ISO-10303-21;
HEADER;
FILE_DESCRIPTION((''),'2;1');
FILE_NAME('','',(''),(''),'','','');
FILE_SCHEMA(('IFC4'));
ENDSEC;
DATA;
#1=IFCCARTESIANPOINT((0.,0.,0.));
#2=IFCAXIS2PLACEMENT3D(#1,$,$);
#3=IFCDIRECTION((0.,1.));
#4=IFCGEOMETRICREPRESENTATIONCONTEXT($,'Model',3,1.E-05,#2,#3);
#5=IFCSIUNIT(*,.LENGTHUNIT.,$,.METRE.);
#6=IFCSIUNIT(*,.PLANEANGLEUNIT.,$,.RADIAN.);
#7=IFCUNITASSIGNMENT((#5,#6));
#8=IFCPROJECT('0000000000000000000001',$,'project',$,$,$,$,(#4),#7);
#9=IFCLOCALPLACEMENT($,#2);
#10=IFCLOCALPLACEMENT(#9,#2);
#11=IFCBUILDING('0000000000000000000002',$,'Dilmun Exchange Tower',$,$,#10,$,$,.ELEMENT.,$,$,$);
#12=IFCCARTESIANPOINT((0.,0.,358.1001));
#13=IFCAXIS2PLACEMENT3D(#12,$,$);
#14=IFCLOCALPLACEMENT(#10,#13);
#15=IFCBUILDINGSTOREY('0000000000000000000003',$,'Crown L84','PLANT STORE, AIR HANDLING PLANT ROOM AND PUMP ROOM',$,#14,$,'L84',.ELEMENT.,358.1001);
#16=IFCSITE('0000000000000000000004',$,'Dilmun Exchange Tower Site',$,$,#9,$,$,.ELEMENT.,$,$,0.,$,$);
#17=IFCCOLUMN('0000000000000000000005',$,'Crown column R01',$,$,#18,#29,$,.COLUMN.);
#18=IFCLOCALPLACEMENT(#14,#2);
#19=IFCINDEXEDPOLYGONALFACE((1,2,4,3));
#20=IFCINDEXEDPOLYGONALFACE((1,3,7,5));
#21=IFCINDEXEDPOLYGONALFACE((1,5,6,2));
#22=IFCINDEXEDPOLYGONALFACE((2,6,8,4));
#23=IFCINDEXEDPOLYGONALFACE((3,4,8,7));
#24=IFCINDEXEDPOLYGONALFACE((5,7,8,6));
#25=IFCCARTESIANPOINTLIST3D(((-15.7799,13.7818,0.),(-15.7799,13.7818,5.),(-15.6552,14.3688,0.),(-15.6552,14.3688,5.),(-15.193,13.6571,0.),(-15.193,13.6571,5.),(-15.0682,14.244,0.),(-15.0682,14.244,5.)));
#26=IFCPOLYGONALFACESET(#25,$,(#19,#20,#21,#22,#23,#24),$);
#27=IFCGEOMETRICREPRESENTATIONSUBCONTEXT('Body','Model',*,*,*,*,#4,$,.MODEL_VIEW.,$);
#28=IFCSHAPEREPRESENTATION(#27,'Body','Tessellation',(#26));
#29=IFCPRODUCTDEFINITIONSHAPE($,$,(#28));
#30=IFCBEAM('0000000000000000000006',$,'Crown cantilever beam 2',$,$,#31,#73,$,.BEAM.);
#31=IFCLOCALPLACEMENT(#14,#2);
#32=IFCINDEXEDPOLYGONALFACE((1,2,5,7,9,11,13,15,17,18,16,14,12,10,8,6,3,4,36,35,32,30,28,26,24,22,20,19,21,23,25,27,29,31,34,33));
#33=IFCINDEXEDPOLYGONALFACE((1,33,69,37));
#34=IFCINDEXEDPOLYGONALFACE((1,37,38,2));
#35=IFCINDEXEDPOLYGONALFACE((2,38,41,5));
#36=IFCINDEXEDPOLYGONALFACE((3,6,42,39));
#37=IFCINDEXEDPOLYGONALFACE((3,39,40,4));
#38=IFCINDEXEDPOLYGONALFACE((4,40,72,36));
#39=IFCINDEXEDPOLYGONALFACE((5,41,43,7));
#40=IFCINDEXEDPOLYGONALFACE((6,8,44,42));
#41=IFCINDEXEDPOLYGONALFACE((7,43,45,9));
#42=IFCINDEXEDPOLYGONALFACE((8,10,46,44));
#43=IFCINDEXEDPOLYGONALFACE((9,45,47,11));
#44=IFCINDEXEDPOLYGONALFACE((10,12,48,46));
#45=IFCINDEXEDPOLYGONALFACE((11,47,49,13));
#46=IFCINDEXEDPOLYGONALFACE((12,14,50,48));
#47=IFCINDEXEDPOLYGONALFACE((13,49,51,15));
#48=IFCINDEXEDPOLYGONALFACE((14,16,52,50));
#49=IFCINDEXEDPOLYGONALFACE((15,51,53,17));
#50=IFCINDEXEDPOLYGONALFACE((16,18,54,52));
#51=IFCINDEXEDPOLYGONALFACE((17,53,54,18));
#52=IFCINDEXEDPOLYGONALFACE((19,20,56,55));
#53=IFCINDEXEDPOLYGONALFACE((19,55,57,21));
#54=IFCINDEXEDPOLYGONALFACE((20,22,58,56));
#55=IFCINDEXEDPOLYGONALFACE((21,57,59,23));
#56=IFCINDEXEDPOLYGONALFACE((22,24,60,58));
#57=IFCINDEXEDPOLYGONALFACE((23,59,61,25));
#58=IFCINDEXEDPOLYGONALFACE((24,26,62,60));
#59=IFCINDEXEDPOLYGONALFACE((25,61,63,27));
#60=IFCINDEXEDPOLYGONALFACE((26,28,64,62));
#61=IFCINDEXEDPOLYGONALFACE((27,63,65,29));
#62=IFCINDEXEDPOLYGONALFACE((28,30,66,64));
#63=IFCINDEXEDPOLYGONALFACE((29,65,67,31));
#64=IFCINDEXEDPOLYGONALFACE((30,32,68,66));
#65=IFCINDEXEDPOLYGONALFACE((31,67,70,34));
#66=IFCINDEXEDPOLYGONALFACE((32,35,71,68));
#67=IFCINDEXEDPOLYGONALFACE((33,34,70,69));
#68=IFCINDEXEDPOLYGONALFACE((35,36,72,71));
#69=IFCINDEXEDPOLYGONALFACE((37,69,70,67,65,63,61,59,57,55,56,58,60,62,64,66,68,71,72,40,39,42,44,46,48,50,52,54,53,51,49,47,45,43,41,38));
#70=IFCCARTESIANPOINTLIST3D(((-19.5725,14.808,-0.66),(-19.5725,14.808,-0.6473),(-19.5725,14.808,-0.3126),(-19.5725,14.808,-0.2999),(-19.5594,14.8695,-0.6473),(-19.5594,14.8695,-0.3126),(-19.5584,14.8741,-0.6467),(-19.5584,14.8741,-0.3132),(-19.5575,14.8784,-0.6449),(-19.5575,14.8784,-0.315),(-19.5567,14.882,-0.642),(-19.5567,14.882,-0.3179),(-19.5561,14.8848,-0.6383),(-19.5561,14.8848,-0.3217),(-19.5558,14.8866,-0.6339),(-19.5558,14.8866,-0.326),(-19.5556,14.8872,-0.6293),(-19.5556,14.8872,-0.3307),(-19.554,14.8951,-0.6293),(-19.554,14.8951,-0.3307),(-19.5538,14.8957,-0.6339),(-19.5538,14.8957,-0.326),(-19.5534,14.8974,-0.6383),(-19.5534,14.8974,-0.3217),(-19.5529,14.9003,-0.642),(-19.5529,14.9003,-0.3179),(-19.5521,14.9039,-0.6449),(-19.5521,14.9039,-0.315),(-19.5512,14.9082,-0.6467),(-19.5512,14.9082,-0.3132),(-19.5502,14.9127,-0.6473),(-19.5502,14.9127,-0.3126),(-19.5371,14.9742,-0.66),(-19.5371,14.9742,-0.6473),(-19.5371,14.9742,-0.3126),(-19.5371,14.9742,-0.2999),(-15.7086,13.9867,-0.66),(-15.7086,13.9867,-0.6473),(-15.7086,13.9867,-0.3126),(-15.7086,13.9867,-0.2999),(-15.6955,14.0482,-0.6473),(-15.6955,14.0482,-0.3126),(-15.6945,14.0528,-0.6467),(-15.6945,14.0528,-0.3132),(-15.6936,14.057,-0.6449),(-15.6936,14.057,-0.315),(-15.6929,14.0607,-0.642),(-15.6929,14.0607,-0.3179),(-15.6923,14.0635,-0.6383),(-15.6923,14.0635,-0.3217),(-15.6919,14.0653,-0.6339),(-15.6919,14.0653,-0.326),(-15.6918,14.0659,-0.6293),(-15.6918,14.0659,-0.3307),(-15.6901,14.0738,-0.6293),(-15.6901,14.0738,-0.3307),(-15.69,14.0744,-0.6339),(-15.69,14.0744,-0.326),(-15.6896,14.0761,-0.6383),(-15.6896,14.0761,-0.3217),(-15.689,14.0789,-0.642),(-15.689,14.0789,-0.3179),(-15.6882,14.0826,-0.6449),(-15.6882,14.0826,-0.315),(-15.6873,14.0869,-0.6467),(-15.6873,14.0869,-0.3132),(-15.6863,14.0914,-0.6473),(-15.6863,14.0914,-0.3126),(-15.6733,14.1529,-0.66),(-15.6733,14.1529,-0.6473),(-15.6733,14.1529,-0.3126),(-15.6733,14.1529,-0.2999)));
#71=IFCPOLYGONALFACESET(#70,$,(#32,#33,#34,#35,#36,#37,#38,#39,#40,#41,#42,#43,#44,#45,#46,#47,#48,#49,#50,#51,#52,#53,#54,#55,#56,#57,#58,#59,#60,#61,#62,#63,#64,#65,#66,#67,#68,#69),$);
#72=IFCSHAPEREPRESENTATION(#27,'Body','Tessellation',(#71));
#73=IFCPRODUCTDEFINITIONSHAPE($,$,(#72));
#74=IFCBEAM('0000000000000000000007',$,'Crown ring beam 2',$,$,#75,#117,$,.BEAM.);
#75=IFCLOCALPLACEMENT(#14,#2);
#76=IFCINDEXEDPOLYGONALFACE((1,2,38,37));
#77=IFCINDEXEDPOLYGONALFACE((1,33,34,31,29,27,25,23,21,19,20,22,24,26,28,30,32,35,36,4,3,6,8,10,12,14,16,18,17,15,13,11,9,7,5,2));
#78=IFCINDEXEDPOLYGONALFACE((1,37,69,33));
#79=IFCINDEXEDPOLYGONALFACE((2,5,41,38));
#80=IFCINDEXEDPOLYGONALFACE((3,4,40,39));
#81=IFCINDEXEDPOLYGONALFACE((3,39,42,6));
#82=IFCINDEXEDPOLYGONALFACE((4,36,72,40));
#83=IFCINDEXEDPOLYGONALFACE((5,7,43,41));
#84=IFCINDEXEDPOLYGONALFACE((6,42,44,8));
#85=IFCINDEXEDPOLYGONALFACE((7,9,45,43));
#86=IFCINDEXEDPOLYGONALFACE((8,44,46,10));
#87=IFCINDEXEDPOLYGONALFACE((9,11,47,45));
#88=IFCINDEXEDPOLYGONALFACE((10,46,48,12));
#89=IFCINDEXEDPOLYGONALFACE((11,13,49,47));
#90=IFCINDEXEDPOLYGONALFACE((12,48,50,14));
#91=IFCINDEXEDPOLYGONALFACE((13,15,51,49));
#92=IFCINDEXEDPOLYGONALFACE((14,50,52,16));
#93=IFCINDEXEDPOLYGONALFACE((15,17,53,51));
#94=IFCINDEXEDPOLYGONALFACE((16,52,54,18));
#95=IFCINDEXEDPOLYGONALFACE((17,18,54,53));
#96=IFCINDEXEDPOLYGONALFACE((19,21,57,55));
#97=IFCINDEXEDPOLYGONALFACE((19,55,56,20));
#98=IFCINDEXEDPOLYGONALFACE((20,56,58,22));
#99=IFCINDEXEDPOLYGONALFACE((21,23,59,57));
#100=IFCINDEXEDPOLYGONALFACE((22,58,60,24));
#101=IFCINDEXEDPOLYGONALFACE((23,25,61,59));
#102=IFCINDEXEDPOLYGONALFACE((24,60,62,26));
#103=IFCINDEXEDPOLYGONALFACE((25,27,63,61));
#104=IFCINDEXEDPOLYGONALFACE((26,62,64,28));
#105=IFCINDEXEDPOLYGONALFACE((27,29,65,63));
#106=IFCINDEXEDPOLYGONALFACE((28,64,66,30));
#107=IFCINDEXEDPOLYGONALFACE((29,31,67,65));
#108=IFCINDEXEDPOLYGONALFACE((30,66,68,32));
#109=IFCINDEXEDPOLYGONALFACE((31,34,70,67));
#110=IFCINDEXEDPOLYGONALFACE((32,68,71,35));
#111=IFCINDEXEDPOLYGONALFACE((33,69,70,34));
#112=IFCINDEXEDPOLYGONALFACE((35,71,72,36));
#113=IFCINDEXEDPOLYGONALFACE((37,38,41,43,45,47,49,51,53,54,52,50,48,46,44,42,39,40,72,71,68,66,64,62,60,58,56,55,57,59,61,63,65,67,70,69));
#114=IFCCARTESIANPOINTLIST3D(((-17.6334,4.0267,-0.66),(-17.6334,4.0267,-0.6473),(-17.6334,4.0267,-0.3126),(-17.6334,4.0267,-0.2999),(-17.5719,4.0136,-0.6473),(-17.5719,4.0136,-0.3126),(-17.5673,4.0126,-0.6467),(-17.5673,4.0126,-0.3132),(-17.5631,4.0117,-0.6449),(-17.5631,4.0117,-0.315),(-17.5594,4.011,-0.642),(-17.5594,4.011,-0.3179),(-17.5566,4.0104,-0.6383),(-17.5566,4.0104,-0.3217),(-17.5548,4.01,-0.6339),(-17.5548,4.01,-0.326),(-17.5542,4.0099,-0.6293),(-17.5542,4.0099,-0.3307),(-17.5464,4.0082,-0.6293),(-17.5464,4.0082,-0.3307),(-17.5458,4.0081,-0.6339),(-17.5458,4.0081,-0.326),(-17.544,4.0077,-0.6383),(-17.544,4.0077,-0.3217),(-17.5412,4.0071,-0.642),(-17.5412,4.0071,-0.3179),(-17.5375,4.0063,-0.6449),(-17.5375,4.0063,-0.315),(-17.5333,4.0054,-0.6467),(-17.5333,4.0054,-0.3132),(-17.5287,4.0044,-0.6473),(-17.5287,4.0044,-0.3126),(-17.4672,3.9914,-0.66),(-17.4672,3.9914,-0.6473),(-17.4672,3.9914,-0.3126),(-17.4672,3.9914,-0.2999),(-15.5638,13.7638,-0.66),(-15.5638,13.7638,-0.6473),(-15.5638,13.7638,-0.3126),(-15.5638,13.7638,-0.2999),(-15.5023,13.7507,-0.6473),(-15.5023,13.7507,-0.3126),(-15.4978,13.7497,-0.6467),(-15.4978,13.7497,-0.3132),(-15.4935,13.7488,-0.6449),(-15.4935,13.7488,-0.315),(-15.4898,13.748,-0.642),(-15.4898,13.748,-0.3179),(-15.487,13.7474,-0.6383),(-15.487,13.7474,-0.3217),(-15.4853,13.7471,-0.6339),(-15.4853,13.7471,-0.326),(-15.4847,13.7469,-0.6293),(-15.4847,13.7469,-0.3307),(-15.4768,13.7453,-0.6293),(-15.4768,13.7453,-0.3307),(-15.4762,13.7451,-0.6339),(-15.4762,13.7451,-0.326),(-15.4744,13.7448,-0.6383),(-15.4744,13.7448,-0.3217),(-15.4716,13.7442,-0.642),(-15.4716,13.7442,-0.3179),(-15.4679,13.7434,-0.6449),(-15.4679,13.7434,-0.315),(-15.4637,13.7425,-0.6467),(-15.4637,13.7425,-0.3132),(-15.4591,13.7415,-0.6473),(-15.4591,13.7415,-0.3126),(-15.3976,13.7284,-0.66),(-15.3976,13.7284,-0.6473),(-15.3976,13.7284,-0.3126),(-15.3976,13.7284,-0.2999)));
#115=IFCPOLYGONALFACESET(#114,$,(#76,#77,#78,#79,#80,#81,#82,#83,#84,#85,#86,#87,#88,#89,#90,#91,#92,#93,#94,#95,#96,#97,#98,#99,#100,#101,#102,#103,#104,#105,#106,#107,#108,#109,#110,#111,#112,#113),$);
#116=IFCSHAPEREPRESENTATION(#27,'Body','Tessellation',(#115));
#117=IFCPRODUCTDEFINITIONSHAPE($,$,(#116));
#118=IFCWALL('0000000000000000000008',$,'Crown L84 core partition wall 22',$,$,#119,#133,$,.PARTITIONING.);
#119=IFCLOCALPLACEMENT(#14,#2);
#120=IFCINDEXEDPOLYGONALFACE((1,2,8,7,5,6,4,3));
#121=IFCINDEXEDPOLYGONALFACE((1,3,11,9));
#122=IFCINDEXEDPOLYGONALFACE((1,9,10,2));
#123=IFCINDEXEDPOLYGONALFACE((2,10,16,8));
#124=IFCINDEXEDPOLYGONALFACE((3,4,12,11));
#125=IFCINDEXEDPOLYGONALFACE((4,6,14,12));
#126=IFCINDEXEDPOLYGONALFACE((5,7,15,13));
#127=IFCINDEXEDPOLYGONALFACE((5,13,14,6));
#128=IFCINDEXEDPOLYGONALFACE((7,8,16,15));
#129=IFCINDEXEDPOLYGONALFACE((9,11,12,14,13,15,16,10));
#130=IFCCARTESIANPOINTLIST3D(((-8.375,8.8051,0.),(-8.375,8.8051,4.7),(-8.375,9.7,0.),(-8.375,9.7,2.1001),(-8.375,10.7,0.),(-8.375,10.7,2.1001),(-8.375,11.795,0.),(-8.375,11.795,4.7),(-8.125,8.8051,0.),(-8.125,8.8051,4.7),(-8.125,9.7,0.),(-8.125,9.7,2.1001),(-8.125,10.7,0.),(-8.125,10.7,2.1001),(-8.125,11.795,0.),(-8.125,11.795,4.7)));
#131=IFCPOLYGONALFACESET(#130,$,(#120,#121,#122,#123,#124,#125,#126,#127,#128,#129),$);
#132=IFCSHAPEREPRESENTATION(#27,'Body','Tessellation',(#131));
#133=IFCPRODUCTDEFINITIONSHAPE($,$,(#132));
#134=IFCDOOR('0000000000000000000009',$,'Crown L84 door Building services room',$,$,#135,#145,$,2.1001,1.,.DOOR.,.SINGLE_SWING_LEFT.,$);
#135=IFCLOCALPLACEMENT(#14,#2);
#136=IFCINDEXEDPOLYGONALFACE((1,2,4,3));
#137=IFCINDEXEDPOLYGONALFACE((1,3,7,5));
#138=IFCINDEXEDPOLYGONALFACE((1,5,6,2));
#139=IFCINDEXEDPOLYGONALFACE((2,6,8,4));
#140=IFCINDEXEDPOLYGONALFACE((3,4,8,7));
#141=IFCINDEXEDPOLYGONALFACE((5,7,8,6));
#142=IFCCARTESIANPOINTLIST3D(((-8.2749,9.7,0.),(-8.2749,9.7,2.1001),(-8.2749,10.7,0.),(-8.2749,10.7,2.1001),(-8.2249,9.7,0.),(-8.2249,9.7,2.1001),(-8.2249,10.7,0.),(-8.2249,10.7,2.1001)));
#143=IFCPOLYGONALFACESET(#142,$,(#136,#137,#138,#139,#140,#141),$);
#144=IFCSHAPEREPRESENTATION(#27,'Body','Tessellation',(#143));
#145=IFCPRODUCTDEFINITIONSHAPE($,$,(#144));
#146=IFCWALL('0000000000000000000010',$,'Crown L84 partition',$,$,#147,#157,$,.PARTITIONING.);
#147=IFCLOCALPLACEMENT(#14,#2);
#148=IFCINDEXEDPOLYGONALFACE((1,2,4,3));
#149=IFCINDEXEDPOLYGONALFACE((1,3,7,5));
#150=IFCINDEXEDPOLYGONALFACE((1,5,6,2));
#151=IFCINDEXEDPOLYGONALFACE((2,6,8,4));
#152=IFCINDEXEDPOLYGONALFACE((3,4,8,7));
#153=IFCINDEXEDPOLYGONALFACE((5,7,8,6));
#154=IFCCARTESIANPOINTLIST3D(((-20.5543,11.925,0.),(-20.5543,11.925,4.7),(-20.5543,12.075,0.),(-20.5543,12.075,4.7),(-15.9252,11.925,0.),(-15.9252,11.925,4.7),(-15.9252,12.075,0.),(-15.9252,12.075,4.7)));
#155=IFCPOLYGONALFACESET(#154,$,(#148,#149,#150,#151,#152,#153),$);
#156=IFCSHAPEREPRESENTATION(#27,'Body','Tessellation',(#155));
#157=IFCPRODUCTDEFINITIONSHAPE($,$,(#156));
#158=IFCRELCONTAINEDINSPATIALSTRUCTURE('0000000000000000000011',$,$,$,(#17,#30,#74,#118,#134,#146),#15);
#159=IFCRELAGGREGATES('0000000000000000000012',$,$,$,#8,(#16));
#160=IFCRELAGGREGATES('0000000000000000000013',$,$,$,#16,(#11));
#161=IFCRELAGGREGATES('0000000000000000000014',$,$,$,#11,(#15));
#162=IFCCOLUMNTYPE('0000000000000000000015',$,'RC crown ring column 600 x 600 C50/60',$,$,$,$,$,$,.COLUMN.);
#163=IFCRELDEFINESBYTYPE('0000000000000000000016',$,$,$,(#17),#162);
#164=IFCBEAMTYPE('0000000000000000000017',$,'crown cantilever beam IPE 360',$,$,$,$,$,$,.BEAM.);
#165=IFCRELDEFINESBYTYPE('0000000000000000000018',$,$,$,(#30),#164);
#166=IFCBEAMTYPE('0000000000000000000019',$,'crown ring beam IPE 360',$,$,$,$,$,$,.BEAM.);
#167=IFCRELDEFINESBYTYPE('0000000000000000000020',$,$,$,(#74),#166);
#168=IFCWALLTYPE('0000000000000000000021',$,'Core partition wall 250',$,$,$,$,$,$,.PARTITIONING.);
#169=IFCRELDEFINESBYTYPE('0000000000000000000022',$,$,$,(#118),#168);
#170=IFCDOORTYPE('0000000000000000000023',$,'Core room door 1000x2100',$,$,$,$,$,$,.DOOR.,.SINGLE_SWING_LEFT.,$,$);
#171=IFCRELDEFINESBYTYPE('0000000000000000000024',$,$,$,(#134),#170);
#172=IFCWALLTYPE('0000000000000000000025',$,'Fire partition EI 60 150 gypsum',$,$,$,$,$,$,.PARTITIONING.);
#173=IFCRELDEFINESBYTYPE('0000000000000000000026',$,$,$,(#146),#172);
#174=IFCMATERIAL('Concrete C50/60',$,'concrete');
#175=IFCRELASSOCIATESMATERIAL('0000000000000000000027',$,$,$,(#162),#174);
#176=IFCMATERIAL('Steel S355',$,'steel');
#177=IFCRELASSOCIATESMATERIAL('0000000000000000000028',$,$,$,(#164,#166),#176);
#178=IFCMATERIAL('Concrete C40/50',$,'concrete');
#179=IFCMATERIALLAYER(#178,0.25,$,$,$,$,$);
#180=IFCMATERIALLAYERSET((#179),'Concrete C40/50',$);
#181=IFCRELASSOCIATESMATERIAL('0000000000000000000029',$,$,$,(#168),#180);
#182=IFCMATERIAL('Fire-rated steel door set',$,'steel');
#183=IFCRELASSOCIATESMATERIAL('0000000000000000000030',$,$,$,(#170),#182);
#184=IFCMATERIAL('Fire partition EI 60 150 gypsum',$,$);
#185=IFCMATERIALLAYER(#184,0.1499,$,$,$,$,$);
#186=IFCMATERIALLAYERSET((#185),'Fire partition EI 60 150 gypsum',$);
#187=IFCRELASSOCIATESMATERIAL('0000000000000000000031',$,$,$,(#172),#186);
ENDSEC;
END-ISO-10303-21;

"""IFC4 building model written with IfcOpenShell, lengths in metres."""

from ifc_helpers import new_model, si_unit, direction, frame, frame_2d, origin, origin_2d, place, context, subcontext, project, spatial, rectangle, i_section, extrude, material, layer, layer_set, material_profile, profile_set, type_object, element, fill, save


model = new_model("IFC4")

# Units and contexts
model_context = context("Model", 3, precision=1e-05, world=origin(), true_north=direction((0.0, 1.0)))
body_context = subcontext(model_context, "Body", "Model", "MODEL_VIEW")
ifc_project = project(units=[si_unit("LENGTHUNIT", "METRE"), si_unit("PLANEANGLEUNIT", "RADIAN")], contexts=[model_context])

# Site, building, storey
site_placement = place(None, origin())
site = spatial("IfcSite", under=ifc_project, at=site_placement, Name="Dilmun Exchange Tower Site", CompositionType="ELEMENT", RefElevation=0.0)
building_placement = place(site_placement, origin())
building = spatial("IfcBuilding", under=site, at=building_placement, Name="Dilmun Exchange Tower", CompositionType="ELEMENT")
storey_placement = place(building_placement, frame((0.0, 0.0, 358.1001)))
storey = spatial("IfcBuildingStorey", under=building, at=storey_placement, Name="Crown L84", Description="PLANT STORE, AIR HANDLING PLANT ROOM AND PUMP ROOM", LongName="L84", CompositionType="ELEMENT", Elevation=358.1001)

# Column
ifc_material_1 = material(Name="Concrete C50/60", Category="concrete")
ifc_material_profile_1 = material_profile(ifc_material_1, rectangle(XDim=0.6001, YDim=0.6001, at=origin_2d()), Name="600 x 600")
ifc_profile_set_1 = profile_set([ifc_material_profile_1], Name="Concrete C50/60")
column_type = type_object("IfcColumnType", Name="RC crown ring column 600 x 600 C50/60", PredefinedType="COLUMN", material=ifc_profile_set_1)
column_placement = place(storey_placement, frame((-15.4241, 14.0129, 0.0), z_axis=(0.0, 0.0, 1.0), x_axis=(0.207912, 0.978148, 0.0)))
element("IfcColumn", 1, at=column_placement, inside=storey, type_object=column_type, Name="Crown column R01", PredefinedType="COLUMN", context=body_context, shape_type="SweptSolid", body=[
    extrude(rectangle(XDim=0.6001, YDim=0.6001, at=origin_2d()), origin(), (0.0, 0.0, 1.0), 5.0),
])

# Beams
ifc_material_2 = material(Name="Steel S355", Category="steel")
ifc_material_profile_2 = material_profile(ifc_material_2, i_section(OverallWidth=0.1699, OverallDepth=0.3601, WebThickness=0.0081, FlangeThickness=0.0127, FilletRadius=0.0181, at=origin_2d()), Name="IPE 360")
ifc_profile_set_2 = profile_set([ifc_material_profile_2], Name="Steel S355")
beam_type_1 = type_object("IfcBeamType", Name="crown cantilever beam IPE 360", PredefinedType="BEAM", material=ifc_profile_set_2)
beam_1_placement = place(storey_placement, frame((-15.6909, 14.0698, -0.48), z_axis=(-0.978147, 0.207916, 0.0), x_axis=(-0.207916, -0.978147, 0.0)))
element("IfcBeam", 2, at=beam_1_placement, inside=storey, type_object=beam_type_1, Name="Crown cantilever beam 2", PredefinedType="BEAM", context=body_context, shape_type="SweptSolid", body=[
    extrude(i_section(OverallWidth=0.1699, OverallDepth=0.3601, WebThickness=0.0081, FlangeThickness=0.0127, FilletRadius=0.0181, at=origin_2d()), origin(), (0.0, 0.0, 1.0), 3.9502),
])
ifc_material_profile_3 = material_profile(ifc_material_2, i_section(OverallWidth=0.1699, OverallDepth=0.3601, WebThickness=0.0081, FlangeThickness=0.0127, FilletRadius=0.0181, at=origin_2d()), Name="IPE 360")
ifc_profile_set_3 = profile_set([ifc_material_profile_3], Name="Steel S355")
beam_type_2 = type_object("IfcBeamType", Name="crown ring beam IPE 360", PredefinedType="BEAM", material=ifc_profile_set_3)
beam_2_placement = place(storey_placement, frame((-15.4807, 13.7461, -0.48), z_axis=(-0.207902, -0.97815, 0.0), x_axis=(0.97815, -0.207902, 0.0)))
element("IfcBeam", 3, at=beam_2_placement, inside=storey, type_object=beam_type_2, Name="Crown ring beam 2", PredefinedType="BEAM", context=body_context, shape_type="SweptSolid", body=[
    extrude(i_section(OverallWidth=0.1699, OverallDepth=0.3601, WebThickness=0.0081, FlangeThickness=0.0127, FilletRadius=0.0181, at=origin_2d()), origin(), (0.0, 0.0, 1.0), 9.9546),
])

# Wall, opening, door
ifc_material_3 = material(Name="Concrete C40/50", Category="concrete")
ifc_layer_1 = layer(ifc_material_3, 0.25)
ifc_layer_set_1 = layer_set([ifc_layer_1], Name="Concrete C40/50")
wall_type_1 = type_object("IfcWallType", Name="Core partition wall 250", PredefinedType="PARTITIONING", material=ifc_layer_set_1)
wall_1_placement = place(storey_placement, frame((-8.25, 8.8049, 0.0), z_axis=(0.0, 0.0, 1.0), x_axis=(0.0, 1.0, 0.0)))
wall_1 = element("IfcWall", 4, at=wall_1_placement, inside=storey, type_object=wall_type_1, Name="Crown L84 core partition wall 22", PredefinedType="PARTITIONING", context=body_context, shape_type="SweptSolid", body=[
    extrude(rectangle(XDim=2.99, YDim=0.25, at=frame_2d((1.4951, 0.0))), origin(), (0.0, 0.0, 1.0), 4.7),
])
opening_1_placement = place(wall_1_placement, frame((0.895, 0.0, 0.0)))
opening_1 = element("IfcOpeningElement", 5, at=opening_1_placement, cuts=wall_1, PredefinedType="OPENING", context=body_context, shape_type="SweptSolid", body=[
    extrude(rectangle(XDim=1.0, YDim=2.1001, at=frame_2d((0.5, 1.05))), frame((0.0, 0.135, 0.0), z_axis=(0.0, -1.0, 0.0), x_axis=(1.0, 0.0, 0.0)), (0.0, 0.0, 1.0), 0.27),
])
ifc_material_4 = material(Name="Fire-rated steel door set", Category="steel")
door_type_1 = type_object("IfcDoorType", Name="Core room door 1000x2100", OperationType="SINGLE_SWING_LEFT", PredefinedType="DOOR", material=ifc_material_4)
door_1_placement = place(opening_1_placement, origin())
door_1 = element("IfcDoor", 6, at=door_1_placement, inside=storey, type_object=door_type_1, Name="Crown L84 door Building services room", OperationType="SINGLE_SWING_LEFT", OverallHeight=2.1001, OverallWidth=1.0, PredefinedType="DOOR", context=body_context, shape_type="SweptSolid", body=[
    extrude(rectangle(XDim=1.0, YDim=2.1001, at=frame_2d((0.5, 1.05))), frame((0.0, 0.0249, 0.0), z_axis=(0.0, -1.0, 0.0), x_axis=(1.0, 0.0, 0.0)), (0.0, 0.0, 1.0), 0.05),
])
fill(opening_1, door_1)

# Wall
ifc_material_5 = material(Name="Fire partition EI 60 150 gypsum")
ifc_layer_2 = layer(ifc_material_5, 0.1499)
ifc_layer_set_2 = layer_set([ifc_layer_2], Name="Fire partition EI 60 150 gypsum")
wall_type_2 = type_object("IfcWallType", Name="Fire partition EI 60 150 gypsum", PredefinedType="PARTITIONING", material=ifc_layer_set_2)
wall_2_placement = place(storey_placement, frame((-20.5542, 12.0, 0.0), z_axis=(0.0, 0.0, 1.0), x_axis=(1.0, 0.0, 0.0)))
element("IfcWall", 7, at=wall_2_placement, inside=storey, type_object=wall_type_2, Name="Crown L84 partition", PredefinedType="PARTITIONING", context=body_context, shape_type="SweptSolid", body=[
    extrude(rectangle(XDim=4.6292, YDim=0.1499, at=frame_2d((2.3145, 0.0))), origin(), (0.0, 0.0, 1.0), 4.7),
])

save(model, "model.ifc")
